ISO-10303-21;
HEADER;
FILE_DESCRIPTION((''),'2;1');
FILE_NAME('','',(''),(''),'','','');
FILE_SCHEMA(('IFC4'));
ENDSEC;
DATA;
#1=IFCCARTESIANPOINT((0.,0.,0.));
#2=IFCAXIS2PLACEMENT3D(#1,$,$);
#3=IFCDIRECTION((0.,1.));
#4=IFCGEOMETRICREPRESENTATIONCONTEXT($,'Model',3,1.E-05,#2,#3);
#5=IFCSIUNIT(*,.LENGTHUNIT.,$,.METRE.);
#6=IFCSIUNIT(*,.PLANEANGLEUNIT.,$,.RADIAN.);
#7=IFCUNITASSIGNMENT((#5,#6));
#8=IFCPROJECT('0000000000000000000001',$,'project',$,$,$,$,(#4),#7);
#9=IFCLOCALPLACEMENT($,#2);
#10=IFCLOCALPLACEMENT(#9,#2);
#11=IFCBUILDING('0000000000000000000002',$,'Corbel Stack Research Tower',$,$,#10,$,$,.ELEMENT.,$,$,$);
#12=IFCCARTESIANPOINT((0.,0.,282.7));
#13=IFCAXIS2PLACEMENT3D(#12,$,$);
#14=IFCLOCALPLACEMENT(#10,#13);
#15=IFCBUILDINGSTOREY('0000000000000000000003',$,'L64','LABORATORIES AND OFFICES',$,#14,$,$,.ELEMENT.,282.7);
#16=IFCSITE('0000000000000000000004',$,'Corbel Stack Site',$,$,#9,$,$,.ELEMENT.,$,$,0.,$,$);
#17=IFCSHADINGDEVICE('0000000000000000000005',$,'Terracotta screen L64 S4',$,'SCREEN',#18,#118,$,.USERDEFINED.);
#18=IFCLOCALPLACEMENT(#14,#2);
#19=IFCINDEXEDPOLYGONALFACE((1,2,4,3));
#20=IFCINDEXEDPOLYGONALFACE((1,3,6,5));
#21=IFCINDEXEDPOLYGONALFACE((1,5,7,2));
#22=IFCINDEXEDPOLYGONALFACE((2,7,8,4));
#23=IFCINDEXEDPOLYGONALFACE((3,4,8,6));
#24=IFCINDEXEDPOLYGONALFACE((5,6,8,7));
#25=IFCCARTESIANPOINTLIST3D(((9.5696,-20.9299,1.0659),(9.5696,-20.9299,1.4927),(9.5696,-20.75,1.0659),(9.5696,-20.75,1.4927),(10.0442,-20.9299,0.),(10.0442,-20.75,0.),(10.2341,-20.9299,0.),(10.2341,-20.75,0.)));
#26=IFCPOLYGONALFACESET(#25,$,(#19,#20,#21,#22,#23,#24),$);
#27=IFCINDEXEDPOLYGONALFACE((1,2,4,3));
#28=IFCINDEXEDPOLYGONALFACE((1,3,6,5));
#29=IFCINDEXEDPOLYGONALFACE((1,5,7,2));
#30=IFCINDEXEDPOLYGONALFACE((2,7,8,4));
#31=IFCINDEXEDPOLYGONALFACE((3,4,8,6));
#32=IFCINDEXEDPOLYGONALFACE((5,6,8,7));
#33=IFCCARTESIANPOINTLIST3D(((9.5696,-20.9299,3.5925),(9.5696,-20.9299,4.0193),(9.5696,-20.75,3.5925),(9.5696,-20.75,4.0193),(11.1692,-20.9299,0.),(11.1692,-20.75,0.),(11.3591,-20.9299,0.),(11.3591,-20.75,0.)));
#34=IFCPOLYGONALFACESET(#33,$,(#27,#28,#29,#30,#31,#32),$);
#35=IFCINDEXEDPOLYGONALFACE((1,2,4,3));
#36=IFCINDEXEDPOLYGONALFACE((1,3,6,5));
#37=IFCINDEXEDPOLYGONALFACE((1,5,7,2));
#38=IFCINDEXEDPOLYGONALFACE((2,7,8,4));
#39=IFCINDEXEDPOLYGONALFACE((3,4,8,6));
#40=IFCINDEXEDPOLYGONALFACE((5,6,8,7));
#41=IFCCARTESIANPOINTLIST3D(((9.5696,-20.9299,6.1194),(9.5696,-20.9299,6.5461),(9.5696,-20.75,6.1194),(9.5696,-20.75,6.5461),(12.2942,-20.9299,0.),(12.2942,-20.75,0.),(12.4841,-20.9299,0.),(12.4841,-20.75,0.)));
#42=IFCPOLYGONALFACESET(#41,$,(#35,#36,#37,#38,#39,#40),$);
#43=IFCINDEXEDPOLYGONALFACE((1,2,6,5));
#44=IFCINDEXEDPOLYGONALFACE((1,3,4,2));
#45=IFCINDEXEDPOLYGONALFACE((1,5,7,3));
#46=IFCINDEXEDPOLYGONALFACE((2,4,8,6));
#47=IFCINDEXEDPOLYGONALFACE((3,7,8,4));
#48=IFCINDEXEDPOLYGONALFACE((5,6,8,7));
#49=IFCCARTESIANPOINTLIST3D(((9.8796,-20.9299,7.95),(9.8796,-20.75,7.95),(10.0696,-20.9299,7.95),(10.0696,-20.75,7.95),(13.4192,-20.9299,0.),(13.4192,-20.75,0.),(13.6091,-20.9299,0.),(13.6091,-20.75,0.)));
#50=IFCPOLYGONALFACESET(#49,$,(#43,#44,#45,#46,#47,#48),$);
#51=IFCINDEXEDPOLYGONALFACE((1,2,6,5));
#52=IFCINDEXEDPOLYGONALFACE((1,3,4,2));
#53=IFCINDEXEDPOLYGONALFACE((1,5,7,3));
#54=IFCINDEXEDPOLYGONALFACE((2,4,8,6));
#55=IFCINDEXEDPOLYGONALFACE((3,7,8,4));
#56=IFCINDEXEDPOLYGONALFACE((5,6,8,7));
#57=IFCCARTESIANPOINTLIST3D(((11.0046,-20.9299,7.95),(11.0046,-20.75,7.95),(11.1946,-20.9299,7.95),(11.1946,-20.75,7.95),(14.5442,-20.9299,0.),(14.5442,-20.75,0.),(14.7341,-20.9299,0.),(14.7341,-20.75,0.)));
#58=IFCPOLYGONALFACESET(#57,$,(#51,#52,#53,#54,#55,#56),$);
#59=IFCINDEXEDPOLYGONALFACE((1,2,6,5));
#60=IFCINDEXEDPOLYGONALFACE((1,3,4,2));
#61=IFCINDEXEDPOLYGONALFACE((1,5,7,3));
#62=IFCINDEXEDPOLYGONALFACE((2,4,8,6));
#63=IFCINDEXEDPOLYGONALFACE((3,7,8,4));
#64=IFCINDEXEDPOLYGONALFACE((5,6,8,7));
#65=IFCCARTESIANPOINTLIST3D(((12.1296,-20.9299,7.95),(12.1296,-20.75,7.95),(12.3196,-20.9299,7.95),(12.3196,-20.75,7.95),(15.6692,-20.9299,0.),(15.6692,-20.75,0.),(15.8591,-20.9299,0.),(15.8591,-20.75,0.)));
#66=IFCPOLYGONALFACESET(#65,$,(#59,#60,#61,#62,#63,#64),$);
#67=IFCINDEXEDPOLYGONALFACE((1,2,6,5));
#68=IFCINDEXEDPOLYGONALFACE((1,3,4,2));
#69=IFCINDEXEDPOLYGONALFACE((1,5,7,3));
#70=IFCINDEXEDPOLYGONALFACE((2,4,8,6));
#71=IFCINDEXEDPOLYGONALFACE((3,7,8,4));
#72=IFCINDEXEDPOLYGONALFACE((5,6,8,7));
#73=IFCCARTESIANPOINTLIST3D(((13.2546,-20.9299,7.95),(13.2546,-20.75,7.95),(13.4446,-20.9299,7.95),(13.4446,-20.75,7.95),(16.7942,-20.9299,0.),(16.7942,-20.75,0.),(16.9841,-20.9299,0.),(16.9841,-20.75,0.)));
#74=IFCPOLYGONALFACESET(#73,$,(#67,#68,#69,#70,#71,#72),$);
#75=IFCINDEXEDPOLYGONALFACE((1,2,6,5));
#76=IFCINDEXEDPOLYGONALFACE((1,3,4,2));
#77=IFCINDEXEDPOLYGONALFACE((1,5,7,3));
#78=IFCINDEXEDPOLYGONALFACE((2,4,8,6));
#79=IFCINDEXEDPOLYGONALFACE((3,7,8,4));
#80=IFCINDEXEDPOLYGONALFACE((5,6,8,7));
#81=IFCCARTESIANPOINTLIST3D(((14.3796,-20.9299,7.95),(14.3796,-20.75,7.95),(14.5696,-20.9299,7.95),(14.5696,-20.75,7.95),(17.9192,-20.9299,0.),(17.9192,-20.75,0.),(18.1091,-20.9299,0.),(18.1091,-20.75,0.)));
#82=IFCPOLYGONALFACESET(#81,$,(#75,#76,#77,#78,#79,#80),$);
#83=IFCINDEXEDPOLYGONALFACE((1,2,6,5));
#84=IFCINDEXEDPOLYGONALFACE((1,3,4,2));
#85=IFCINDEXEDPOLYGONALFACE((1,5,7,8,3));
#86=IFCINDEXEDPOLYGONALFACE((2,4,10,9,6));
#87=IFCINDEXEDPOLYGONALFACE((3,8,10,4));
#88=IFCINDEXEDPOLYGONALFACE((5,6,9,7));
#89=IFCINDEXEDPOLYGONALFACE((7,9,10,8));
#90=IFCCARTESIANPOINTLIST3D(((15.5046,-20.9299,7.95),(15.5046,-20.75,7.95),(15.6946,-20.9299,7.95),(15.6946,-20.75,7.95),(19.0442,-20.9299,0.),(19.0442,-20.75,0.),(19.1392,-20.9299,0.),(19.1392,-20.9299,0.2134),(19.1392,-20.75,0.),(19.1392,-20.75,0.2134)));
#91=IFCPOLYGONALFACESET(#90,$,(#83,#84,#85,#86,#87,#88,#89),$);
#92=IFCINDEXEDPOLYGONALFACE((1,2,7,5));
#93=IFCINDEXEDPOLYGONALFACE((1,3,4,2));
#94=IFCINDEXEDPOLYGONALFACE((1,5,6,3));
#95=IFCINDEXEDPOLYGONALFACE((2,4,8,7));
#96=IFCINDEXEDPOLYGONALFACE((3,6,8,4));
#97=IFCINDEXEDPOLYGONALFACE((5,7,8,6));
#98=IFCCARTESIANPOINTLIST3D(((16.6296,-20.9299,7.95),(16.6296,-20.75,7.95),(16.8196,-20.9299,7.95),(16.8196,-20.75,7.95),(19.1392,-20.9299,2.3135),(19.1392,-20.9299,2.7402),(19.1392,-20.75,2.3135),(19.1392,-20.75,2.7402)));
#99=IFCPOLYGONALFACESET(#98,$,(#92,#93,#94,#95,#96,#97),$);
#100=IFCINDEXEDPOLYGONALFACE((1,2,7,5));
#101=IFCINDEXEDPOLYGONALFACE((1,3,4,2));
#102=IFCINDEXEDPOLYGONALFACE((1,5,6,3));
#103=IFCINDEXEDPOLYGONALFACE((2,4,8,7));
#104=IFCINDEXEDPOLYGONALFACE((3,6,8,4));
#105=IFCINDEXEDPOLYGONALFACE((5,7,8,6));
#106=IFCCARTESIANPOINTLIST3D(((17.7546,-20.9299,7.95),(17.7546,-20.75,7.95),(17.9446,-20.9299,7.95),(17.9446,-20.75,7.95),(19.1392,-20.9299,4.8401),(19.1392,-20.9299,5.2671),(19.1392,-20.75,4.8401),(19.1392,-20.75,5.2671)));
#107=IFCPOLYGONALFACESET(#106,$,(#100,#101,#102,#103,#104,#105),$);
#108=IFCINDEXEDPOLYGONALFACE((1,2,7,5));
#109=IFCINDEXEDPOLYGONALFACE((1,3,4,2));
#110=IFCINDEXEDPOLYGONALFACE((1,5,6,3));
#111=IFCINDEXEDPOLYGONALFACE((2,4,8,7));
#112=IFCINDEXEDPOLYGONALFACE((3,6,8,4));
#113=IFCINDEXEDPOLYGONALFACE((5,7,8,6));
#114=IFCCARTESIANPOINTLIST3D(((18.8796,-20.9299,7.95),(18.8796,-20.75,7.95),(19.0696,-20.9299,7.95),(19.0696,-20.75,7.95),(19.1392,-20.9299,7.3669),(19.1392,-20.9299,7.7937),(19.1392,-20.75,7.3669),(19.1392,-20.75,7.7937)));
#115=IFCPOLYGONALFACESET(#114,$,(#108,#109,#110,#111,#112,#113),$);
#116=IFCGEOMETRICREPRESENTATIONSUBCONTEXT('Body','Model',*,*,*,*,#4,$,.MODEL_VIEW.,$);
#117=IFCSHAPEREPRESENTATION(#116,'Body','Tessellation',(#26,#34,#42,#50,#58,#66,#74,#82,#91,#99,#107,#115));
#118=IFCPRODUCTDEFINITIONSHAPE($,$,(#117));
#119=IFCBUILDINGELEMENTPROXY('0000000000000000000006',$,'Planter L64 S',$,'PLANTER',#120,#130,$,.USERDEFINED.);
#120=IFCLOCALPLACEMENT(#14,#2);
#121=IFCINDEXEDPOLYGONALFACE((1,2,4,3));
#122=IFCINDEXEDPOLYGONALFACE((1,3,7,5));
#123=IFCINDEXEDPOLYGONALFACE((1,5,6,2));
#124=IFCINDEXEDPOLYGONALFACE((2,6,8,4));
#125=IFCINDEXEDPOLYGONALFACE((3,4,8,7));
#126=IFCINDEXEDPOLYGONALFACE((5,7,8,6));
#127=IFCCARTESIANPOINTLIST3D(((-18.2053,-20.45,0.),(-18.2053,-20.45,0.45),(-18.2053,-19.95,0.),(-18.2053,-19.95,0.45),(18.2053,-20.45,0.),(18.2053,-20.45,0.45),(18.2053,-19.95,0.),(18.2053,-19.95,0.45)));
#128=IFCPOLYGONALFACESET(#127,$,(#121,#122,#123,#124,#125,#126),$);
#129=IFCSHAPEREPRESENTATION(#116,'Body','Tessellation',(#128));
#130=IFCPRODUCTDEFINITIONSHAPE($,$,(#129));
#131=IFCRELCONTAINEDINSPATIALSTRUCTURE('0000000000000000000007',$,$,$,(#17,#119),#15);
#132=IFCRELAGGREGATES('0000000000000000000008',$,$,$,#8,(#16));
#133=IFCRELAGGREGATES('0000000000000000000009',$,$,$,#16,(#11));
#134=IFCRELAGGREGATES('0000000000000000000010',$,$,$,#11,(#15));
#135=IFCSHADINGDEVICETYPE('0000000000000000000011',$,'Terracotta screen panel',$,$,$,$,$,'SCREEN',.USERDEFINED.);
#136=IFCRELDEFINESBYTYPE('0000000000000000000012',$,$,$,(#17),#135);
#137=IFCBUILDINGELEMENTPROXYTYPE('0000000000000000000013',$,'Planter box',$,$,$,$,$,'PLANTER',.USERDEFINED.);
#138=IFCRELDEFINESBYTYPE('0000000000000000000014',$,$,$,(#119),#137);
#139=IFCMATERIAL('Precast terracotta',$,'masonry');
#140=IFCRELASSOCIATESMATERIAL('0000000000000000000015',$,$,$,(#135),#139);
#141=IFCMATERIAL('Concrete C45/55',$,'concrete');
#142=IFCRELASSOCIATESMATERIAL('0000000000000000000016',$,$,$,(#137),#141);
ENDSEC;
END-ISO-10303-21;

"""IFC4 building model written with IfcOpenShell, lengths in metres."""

from ifc_helpers import new_model, si_unit, direction, frame, origin, origin_2d, place, context, subcontext, project, spatial, polyline, rectangle, outline, extrude, source, transform, mapped, material, type_object, element, save


model = new_model("IFC4")

# Units and contexts
model_context = context("Model", 3, precision=1e-05, world=origin(), true_north=direction((0.0, 1.0)))
body_context = subcontext(model_context, "Body", "Model", "MODEL_VIEW")
ifc_project = project(units=[si_unit("LENGTHUNIT", "METRE"), si_unit("PLANEANGLEUNIT", "RADIAN")], contexts=[model_context])

# Site, building, storey
site_placement = place(None, origin())
site = spatial("IfcSite", under=ifc_project, at=site_placement, Name="Corbel Stack Site", CompositionType="ELEMENT", RefElevation=0.0)
building_placement = place(site_placement, origin())
building = spatial("IfcBuilding", under=site, at=building_placement, Name="Corbel Stack Research Tower", CompositionType="ELEMENT")
storey_placement = place(building_placement, frame((0.0, 0.0, 282.7)))
storey = spatial("IfcBuildingStorey", under=building, at=storey_placement, Name="L64", Description="LABORATORIES AND OFFICES", CompositionType="ELEMENT", Elevation=282.7)

# Shading device
ifc_material_1 = material(Name="Precast terracotta", Category="masonry")
shading_device_type = type_object("IfcShadingDeviceType", Name="Terracotta screen panel", ElementType="SCREEN", PredefinedType="USERDEFINED", material=ifc_material_1)
shared_shape = source(origin(), body_context, "Body", "SweptSolid", [
    extrude(outline(polyline([(0.6646, 0.0), (0.0, 1.4927), (0.0, 1.0659), (0.4746, 0.0), (0.6646, 0.0)])), frame((0.0, 0.0, 0.0), z_axis=(0.0, -1.0, 0.0), x_axis=(1.0, 0.0, 0.0)), (0.0, 0.0, 1.0), 0.1799),
    extrude(outline(polyline([(1.7896, 0.0), (0.0, 4.0193), (0.0, 3.5925), (1.5996, 0.0), (1.7896, 0.0)])), frame((0.0, 0.0, 0.0), z_axis=(0.0, -1.0, 0.0), x_axis=(1.0, 0.0, 0.0)), (0.0, 0.0, 1.0), 0.1799),
    extrude(outline(polyline([(2.9146, 0.0), (0.0, 6.5461), (0.0, 6.1194), (2.7246, 0.0), (2.9146, 0.0)])), frame((0.0, 0.0, 0.0), z_axis=(0.0, -1.0, 0.0), x_axis=(1.0, 0.0, 0.0)), (0.0, 0.0, 1.0), 0.1799),
    extrude(outline(polyline([(4.0396, 0.0), (0.5, 7.95), (0.3101, 7.95), (3.8496, 0.0), (4.0396, 0.0)])), frame((0.0, 0.0, 0.0), z_axis=(0.0, -1.0, 0.0), x_axis=(1.0, 0.0, 0.0)), (0.0, 0.0, 1.0), 0.1799),
    extrude(outline(polyline([(5.1646, 0.0), (1.625, 7.95), (1.4351, 7.95), (4.9746, 0.0), (5.1646, 0.0)])), frame((0.0, 0.0, 0.0), z_axis=(0.0, -1.0, 0.0), x_axis=(1.0, 0.0, 0.0)), (0.0, 0.0, 1.0), 0.1799),
    extrude(outline(polyline([(6.2896, 0.0), (2.75, 7.95), (2.5601, 7.95), (6.0996, 0.0), (6.2896, 0.0)])), frame((0.0, 0.0, 0.0), z_axis=(0.0, -1.0, 0.0), x_axis=(1.0, 0.0, 0.0)), (0.0, 0.0, 1.0), 0.1799),
    extrude(outline(polyline([(7.4146, 0.0), (3.875, 7.95), (3.6851, 7.95), (7.2246, 0.0), (7.4146, 0.0)])), frame((0.0, 0.0, 0.0), z_axis=(0.0, -1.0, 0.0), x_axis=(1.0, 0.0, 0.0)), (0.0, 0.0, 1.0), 0.1799),
    extrude(outline(polyline([(8.5396, 0.0), (5.0, 7.95), (4.8101, 7.95), (8.3496, 0.0), (8.5396, 0.0)])), frame((0.0, 0.0, 0.0), z_axis=(0.0, -1.0, 0.0), x_axis=(1.0, 0.0, 0.0)), (0.0, 0.0, 1.0), 0.1799),
    extrude(outline(polyline([(9.5696, 0.0), (9.5696, 0.2134), (6.125, 7.95), (5.9351, 7.95), (9.4746, 0.0), (9.5696, 0.0)])), frame((0.0, 0.0, 0.0), z_axis=(0.0, -1.0, 0.0), x_axis=(1.0, 0.0, 0.0)), (0.0, 0.0, 1.0), 0.1799),
    extrude(outline(polyline([(7.25, 7.95), (7.0601, 7.95), (9.5696, 2.3135), (9.5696, 2.7402), (7.25, 7.95)])), frame((0.0, 0.0, 0.0), z_axis=(0.0, -1.0, 0.0), x_axis=(1.0, 0.0, 0.0)), (0.0, 0.0, 1.0), 0.1799),
    extrude(outline(polyline([(8.375, 7.95), (8.1851, 7.95), (9.5696, 4.8401), (9.5696, 5.2671), (8.375, 7.95)])), frame((0.0, 0.0, 0.0), z_axis=(0.0, -1.0, 0.0), x_axis=(1.0, 0.0, 0.0)), (0.0, 0.0, 1.0), 0.1799),
    extrude(outline(polyline([(9.5, 7.95), (9.3101, 7.95), (9.5696, 7.3669), (9.5696, 7.7937), (9.5, 7.95)])), frame((0.0, 0.0, 0.0), z_axis=(0.0, -1.0, 0.0), x_axis=(1.0, 0.0, 0.0)), (0.0, 0.0, 1.0), 0.1799),
])
shading_device_placement = place(storey_placement, frame((9.5696, -20.75, 0.0), z_axis=(0.0, 0.0, 1.0), x_axis=(1.0, 0.0, 0.0)))
element("IfcShadingDevice", 1, at=shading_device_placement, inside=storey, type_object=shading_device_type, Name="Terracotta screen L64 S4", ObjectType="SCREEN", PredefinedType="USERDEFINED", context=body_context, shape_type="MappedRepresentation", body=[
    mapped(shared_shape, transform((0.0, 0.0, 0.0))),
])

# Building element proxy
ifc_material_2 = material(Name="Concrete C45/55", Category="concrete")
building_element_proxy_type = type_object("IfcBuildingElementProxyType", Name="Planter box", ElementType="PLANTER", PredefinedType="USERDEFINED", material=ifc_material_2)
proxy_placement = place(storey_placement, frame((0.0, -20.2, 0.0), z_axis=(0.0, 0.0, 1.0), x_axis=(1.0, 0.0, 0.0)))
element("IfcBuildingElementProxy", 2, at=proxy_placement, inside=storey, type_object=building_element_proxy_type, Name="Planter L64 S", ObjectType="PLANTER", PredefinedType="USERDEFINED", context=body_context, shape_type="SweptSolid", body=[
    extrude(rectangle(XDim=36.4106, YDim=0.5, at=origin_2d()), origin(), (0.0, 0.0, 1.0), 0.45),
])

save(model, "model.ifc")
